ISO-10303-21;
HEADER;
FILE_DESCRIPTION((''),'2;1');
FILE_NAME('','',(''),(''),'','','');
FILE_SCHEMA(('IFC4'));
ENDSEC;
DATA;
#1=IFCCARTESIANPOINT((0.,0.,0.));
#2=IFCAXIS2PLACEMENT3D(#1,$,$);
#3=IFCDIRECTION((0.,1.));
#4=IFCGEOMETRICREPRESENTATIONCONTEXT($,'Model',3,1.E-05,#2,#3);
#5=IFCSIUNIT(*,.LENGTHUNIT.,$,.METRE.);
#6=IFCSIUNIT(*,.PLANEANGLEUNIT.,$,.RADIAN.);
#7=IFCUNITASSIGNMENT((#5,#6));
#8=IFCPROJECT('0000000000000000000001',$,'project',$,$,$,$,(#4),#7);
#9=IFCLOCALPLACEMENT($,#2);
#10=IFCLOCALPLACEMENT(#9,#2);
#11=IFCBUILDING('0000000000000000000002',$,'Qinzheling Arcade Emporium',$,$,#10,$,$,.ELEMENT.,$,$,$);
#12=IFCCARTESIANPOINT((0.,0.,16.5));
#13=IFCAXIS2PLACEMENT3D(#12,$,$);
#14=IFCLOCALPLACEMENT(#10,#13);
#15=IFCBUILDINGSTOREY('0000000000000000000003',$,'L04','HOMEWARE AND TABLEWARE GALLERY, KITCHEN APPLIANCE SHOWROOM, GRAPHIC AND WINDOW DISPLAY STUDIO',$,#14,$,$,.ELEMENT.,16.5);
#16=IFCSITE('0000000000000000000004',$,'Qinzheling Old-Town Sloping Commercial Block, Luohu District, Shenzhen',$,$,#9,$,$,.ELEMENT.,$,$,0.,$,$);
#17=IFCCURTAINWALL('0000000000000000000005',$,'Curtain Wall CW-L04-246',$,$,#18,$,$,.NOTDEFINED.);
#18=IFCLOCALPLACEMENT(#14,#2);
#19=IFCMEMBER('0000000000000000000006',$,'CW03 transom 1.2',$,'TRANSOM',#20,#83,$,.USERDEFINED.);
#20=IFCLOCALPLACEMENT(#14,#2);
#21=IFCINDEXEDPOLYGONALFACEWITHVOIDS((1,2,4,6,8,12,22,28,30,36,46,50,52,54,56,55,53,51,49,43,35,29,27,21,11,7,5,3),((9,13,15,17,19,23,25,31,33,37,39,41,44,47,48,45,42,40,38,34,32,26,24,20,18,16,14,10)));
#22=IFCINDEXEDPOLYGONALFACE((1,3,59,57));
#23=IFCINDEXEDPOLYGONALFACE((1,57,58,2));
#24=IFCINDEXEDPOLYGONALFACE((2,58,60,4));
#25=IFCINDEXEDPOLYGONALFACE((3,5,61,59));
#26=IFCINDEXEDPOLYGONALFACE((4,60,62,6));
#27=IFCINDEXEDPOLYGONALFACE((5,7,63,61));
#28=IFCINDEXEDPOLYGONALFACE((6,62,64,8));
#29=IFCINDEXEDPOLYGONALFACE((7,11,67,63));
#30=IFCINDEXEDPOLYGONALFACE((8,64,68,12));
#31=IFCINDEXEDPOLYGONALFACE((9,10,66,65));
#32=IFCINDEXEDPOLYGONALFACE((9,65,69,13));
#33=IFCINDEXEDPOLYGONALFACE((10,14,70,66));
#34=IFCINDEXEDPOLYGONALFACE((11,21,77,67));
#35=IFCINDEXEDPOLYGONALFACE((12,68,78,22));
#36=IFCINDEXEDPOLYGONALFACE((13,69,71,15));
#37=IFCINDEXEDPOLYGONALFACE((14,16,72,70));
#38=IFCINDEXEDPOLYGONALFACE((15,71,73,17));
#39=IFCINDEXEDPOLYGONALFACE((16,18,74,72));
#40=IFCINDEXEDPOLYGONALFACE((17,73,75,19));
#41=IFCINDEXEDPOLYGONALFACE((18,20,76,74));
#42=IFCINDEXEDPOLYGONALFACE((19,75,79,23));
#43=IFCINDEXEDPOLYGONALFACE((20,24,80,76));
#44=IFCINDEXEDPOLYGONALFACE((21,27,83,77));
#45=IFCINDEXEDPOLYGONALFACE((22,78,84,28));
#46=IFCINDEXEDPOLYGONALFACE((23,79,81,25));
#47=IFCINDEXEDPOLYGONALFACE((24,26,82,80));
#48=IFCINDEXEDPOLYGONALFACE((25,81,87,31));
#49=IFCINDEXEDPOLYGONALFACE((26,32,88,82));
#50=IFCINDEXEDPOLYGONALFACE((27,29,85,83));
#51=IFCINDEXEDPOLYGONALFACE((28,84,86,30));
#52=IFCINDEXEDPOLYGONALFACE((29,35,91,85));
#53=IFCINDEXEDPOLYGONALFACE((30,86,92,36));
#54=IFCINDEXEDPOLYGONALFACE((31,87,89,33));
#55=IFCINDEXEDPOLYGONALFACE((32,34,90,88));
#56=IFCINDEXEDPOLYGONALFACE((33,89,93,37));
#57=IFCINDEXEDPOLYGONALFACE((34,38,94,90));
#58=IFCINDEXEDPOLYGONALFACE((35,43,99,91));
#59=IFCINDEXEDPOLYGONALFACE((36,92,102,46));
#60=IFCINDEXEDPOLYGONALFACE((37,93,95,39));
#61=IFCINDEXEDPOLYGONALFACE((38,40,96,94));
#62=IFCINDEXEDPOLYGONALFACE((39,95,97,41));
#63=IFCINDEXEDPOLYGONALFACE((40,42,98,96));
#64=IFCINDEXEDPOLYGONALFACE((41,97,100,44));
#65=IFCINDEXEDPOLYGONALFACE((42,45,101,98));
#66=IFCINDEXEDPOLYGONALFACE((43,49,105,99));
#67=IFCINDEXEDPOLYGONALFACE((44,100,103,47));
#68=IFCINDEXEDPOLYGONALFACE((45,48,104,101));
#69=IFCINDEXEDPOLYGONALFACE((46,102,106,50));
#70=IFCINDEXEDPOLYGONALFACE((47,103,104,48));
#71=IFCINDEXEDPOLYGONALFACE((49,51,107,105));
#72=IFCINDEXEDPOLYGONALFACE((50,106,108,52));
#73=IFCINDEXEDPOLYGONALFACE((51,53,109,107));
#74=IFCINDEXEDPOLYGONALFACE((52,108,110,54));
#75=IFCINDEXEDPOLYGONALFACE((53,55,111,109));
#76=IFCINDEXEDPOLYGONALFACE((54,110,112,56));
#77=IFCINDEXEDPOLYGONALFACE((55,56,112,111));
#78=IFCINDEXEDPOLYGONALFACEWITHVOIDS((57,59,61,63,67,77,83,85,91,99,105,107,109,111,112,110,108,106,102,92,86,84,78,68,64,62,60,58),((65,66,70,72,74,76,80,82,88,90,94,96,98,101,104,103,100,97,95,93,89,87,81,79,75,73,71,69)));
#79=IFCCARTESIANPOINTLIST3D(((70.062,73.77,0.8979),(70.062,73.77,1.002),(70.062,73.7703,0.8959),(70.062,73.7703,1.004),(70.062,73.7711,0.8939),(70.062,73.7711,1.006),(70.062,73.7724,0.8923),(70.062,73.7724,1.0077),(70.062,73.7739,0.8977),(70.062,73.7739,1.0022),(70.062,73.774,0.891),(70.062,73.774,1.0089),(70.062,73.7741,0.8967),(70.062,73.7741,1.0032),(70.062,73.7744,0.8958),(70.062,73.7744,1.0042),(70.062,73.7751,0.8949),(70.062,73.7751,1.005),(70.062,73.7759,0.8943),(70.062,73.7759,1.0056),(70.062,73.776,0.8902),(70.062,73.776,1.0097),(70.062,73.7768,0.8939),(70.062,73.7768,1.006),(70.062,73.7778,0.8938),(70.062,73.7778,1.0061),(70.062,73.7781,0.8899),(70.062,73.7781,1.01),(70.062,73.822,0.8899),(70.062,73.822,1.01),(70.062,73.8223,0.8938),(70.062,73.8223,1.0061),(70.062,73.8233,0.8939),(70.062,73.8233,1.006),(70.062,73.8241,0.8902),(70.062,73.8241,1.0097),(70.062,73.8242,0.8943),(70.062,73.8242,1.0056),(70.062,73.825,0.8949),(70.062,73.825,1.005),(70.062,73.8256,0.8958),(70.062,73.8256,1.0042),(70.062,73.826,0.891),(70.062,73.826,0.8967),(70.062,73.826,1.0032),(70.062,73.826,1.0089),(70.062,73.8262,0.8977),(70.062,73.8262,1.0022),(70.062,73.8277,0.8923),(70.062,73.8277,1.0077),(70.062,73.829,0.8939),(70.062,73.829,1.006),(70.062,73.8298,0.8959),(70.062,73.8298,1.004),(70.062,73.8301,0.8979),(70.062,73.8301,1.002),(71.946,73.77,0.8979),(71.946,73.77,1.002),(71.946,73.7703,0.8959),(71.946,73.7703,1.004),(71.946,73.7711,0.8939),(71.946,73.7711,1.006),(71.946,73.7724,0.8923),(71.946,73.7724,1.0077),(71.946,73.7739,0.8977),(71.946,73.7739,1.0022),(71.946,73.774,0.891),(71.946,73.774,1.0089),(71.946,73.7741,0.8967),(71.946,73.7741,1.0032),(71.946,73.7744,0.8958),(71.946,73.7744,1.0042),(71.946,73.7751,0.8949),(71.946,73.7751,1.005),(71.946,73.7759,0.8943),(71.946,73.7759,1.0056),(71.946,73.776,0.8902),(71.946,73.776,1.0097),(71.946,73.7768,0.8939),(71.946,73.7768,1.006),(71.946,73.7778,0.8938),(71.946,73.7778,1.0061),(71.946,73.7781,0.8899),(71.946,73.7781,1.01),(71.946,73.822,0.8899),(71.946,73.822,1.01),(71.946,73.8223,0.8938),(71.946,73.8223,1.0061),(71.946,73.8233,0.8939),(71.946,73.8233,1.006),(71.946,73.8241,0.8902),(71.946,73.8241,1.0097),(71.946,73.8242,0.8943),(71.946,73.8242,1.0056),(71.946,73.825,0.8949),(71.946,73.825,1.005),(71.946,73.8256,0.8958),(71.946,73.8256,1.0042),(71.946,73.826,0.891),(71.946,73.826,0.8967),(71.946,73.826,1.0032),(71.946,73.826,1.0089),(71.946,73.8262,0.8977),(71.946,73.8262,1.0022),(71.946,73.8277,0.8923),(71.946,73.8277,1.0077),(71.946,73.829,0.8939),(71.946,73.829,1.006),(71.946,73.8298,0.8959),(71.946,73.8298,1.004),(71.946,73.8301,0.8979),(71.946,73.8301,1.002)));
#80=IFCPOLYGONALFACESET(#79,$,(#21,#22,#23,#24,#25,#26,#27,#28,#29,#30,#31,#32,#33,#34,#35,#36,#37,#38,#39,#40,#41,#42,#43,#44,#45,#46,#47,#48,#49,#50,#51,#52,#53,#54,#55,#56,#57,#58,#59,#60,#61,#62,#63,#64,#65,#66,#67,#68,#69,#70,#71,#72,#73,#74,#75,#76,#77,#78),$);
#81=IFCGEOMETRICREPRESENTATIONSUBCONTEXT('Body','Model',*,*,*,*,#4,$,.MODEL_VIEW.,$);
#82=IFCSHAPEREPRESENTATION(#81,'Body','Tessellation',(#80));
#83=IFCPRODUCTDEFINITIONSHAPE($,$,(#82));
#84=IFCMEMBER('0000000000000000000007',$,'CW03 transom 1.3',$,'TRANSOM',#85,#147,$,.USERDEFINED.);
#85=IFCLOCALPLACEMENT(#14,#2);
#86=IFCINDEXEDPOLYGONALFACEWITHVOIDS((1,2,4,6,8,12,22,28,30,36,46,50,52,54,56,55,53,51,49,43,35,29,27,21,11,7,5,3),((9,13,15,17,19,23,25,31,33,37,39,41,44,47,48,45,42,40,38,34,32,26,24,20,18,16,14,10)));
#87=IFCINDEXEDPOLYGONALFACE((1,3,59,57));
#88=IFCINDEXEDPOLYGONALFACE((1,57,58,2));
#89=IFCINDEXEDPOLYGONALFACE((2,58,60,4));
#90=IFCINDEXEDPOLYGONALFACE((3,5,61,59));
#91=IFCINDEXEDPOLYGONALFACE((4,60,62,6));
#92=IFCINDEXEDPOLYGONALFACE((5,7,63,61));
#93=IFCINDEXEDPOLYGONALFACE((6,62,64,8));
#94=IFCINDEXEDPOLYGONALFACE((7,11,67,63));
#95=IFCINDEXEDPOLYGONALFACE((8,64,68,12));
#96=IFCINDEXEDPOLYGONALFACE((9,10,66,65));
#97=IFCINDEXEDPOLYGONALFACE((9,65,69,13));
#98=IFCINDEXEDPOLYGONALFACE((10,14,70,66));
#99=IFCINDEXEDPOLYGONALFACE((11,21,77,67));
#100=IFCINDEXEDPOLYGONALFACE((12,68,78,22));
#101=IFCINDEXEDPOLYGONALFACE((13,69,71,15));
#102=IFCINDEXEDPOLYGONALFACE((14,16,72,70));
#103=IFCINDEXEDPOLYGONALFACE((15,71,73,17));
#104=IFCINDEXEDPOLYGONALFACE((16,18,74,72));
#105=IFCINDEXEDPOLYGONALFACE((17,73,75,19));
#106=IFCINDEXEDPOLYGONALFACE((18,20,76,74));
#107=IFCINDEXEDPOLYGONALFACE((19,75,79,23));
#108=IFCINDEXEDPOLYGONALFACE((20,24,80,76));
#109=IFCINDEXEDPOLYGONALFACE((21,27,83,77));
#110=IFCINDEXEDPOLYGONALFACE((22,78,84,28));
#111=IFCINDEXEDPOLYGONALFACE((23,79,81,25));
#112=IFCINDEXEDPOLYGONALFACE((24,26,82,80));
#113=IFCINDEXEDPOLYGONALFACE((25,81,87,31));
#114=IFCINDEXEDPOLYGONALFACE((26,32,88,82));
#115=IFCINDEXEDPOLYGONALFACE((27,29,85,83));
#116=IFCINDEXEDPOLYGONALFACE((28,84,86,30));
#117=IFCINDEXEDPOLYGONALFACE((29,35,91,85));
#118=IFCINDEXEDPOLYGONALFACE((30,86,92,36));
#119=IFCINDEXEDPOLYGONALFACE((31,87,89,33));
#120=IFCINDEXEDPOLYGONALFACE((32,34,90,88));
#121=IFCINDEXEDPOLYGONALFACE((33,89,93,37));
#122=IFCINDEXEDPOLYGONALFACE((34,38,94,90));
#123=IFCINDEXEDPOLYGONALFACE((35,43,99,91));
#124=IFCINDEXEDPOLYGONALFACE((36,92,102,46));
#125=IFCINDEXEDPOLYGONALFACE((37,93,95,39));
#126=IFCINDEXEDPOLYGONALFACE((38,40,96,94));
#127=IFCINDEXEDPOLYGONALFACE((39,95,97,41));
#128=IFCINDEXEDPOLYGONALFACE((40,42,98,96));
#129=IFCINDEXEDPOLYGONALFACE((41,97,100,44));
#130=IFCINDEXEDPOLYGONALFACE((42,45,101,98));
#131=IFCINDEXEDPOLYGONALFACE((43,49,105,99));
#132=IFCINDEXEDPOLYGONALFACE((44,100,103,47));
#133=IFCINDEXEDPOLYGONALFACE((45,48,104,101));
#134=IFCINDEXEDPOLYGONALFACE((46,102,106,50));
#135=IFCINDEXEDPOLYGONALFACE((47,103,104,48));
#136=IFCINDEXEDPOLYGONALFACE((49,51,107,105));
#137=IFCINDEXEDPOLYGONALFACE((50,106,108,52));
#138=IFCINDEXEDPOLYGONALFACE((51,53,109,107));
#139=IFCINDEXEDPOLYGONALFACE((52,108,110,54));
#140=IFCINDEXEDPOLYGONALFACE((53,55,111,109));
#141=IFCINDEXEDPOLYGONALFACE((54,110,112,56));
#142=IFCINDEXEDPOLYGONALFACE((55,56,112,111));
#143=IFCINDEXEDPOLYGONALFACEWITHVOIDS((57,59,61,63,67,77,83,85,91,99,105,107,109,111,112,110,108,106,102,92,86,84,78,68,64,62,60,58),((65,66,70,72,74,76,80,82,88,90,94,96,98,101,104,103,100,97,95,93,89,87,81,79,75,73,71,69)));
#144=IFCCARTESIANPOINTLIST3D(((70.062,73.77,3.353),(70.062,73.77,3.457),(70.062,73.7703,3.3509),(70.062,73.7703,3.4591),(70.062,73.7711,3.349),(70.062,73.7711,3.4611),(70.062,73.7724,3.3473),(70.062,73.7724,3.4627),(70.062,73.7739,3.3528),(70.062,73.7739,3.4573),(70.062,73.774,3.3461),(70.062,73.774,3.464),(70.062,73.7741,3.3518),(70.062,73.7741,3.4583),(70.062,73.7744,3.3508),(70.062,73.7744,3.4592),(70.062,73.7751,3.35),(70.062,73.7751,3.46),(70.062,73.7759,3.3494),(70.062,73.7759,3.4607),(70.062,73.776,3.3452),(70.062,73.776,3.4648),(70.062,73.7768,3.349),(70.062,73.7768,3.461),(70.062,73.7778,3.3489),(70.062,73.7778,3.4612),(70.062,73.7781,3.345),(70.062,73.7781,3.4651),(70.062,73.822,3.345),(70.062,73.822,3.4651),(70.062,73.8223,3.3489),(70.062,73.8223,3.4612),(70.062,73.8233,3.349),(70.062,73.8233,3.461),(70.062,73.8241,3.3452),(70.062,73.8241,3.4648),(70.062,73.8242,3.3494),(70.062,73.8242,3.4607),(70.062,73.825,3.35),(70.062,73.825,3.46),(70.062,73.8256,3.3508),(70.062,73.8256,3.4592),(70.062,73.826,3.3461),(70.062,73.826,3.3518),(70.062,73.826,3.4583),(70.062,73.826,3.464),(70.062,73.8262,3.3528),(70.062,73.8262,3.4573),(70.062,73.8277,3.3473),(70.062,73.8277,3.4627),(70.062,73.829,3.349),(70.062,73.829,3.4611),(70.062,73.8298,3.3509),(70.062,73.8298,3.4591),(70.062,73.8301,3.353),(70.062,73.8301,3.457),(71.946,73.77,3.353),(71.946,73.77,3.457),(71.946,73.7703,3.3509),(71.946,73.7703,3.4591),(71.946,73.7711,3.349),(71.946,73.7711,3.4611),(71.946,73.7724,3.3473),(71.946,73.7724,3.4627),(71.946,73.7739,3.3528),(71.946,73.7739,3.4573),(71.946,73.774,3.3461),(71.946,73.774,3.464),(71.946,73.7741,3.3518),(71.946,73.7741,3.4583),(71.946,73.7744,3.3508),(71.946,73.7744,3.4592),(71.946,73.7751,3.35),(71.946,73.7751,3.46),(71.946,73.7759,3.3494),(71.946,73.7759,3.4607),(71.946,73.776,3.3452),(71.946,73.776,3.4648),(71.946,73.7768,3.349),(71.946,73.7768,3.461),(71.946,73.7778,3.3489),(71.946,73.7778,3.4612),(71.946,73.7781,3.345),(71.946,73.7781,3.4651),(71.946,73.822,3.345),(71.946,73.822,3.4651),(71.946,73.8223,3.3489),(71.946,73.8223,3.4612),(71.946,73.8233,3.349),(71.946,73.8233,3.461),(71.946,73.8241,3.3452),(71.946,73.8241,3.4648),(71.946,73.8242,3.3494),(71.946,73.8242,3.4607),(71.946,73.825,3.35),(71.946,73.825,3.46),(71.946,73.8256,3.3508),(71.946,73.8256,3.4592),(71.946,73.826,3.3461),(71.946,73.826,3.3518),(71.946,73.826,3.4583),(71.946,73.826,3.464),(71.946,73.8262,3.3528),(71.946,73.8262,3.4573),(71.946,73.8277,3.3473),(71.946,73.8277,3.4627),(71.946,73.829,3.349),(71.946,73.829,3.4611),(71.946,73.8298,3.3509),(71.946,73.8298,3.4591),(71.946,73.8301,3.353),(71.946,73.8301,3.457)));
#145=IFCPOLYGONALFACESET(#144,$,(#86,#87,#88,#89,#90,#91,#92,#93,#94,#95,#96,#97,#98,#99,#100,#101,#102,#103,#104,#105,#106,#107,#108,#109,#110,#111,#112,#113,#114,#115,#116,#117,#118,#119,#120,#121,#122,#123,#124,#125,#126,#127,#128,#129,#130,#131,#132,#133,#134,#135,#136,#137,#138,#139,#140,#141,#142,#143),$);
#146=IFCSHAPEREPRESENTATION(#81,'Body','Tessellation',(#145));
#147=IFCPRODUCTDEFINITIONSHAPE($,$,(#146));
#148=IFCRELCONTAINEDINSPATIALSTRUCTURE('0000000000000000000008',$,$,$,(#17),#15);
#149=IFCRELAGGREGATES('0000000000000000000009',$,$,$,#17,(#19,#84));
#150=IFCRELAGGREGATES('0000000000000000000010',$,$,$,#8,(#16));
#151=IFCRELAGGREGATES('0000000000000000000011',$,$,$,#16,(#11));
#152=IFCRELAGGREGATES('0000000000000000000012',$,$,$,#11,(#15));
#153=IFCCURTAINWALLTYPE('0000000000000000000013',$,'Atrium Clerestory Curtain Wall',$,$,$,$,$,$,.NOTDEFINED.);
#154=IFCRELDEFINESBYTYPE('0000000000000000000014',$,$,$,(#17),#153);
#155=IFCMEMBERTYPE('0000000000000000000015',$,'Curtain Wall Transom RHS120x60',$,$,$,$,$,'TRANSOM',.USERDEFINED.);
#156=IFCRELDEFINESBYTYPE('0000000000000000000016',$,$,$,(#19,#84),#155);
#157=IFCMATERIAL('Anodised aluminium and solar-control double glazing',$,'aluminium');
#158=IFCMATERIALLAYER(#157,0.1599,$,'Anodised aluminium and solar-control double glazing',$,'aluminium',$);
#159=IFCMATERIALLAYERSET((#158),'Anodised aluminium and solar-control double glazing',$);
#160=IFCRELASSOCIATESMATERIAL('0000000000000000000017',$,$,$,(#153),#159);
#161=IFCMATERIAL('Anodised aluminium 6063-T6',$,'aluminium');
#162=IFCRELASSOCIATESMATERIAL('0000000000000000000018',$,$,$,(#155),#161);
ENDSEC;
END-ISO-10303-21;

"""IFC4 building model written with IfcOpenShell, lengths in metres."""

from ifc_helpers import new_model, si_unit, direction, frame, origin, origin_2d, place, context, subcontext, project, spatial, hollow_rectangle, extrude, material, layer, layer_set, material_profile, profile_set, type_object, element, aggregate, save


model = new_model("IFC4")

# Units and contexts
model_context = context("Model", 3, precision=1e-05, world=origin(), true_north=direction((0.0, 1.0)))
body_context = subcontext(model_context, "Body", "Model", "MODEL_VIEW")
ifc_project = project(units=[si_unit("LENGTHUNIT", "METRE"), si_unit("PLANEANGLEUNIT", "RADIAN")], contexts=[model_context])

# Site, building, storey
site_placement = place(None, origin())
site = spatial("IfcSite", under=ifc_project, at=site_placement, Name="Qinzheling Old-Town Sloping Commercial Block, Luohu District, Shenzhen", CompositionType="ELEMENT", RefElevation=0.0)
building_placement = place(site_placement, origin())
building = spatial("IfcBuilding", under=site, at=building_placement, Name="Qinzheling Arcade Emporium", CompositionType="ELEMENT")
storey_placement = place(building_placement, frame((0.0, 0.0, 16.5)))
storey = spatial("IfcBuildingStorey", under=building, at=storey_placement, Name="L04", Description="HOMEWARE AND TABLEWARE GALLERY, KITCHEN APPLIANCE SHOWROOM, GRAPHIC AND WINDOW DISPLAY STUDIO", CompositionType="ELEMENT", Elevation=16.5)

# Curtain wall
ifc_material_1 = material(Name="Anodised aluminium and solar-control double glazing", Category="aluminium")
ifc_layer_1 = layer(ifc_material_1, 0.1599, Name="Anodised aluminium and solar-control double glazing", Category="aluminium")
ifc_layer_set_1 = layer_set([ifc_layer_1], Name="Anodised aluminium and solar-control double glazing")
curtain_wall_type = type_object("IfcCurtainWallType", Name="Atrium Clerestory Curtain Wall", PredefinedType="NOTDEFINED", material=ifc_layer_set_1)
ifc_material_2 = material(Name="Anodised aluminium 6063-T6", Category="aluminium")
curtain_wall_1_placement = place(storey_placement, origin())
curtain_wall_1 = element("IfcCurtainWall", 1, at=curtain_wall_1_placement, inside=storey, type_object=curtain_wall_type, Name="Curtain Wall CW-L04-246", PredefinedType="NOTDEFINED")

# Members
ifc_material_profile_1 = material_profile(ifc_material_2, hollow_rectangle(XDim=0.0601, YDim=0.1201, WallThickness=0.0039, InnerFilletRadius=0.0039, OuterFilletRadius=0.0081, at=origin_2d()), Name="RHS 120x60x4", Category="aluminium")
ifc_profile_set_1 = profile_set([ifc_material_profile_1], Name="Anodised aluminium 6063-T6")
member_type_1 = type_object("IfcMemberType", Name="Curtain Wall Transom RHS120x60", ElementType="TRANSOM", PredefinedType="USERDEFINED", material=ifc_profile_set_1)
member_1_placement = place(storey_placement, frame((70.062, 73.8, 0.95), z_axis=(1.0, 0.0, 0.0), x_axis=(0.0, 1.0, 0.0)))
member_1 = element("IfcMember", 2, at=member_1_placement, type_object=member_type_1, Name="CW03 transom 1.2", ObjectType="TRANSOM", PredefinedType="USERDEFINED", context=body_context, shape_type="SweptSolid", body=[
    extrude(hollow_rectangle(XDim=0.0601, YDim=0.1201, WallThickness=0.0039, InnerFilletRadius=0.0039, OuterFilletRadius=0.0081, at=origin_2d()), origin(), (0.0, 0.0, 1.0), 1.884),
])
member_2_placement = place(storey_placement, frame((70.062, 73.8, 3.405), z_axis=(1.0, 0.0, 0.0), x_axis=(0.0, 1.0, 0.0)))
member_2 = element("IfcMember", 3, at=member_2_placement, type_object=member_type_1, Name="CW03 transom 1.3", ObjectType="TRANSOM", PredefinedType="USERDEFINED", context=body_context, shape_type="SweptSolid", body=[
    extrude(hollow_rectangle(XDim=0.0601, YDim=0.1201, WallThickness=0.0039, InnerFilletRadius=0.0039, OuterFilletRadius=0.0081, at=origin_2d()), origin(), (0.0, 0.0, 1.0), 1.884),
])

aggregate(curtain_wall_1, [member_1, member_2])

save(model, "model.ifc")
